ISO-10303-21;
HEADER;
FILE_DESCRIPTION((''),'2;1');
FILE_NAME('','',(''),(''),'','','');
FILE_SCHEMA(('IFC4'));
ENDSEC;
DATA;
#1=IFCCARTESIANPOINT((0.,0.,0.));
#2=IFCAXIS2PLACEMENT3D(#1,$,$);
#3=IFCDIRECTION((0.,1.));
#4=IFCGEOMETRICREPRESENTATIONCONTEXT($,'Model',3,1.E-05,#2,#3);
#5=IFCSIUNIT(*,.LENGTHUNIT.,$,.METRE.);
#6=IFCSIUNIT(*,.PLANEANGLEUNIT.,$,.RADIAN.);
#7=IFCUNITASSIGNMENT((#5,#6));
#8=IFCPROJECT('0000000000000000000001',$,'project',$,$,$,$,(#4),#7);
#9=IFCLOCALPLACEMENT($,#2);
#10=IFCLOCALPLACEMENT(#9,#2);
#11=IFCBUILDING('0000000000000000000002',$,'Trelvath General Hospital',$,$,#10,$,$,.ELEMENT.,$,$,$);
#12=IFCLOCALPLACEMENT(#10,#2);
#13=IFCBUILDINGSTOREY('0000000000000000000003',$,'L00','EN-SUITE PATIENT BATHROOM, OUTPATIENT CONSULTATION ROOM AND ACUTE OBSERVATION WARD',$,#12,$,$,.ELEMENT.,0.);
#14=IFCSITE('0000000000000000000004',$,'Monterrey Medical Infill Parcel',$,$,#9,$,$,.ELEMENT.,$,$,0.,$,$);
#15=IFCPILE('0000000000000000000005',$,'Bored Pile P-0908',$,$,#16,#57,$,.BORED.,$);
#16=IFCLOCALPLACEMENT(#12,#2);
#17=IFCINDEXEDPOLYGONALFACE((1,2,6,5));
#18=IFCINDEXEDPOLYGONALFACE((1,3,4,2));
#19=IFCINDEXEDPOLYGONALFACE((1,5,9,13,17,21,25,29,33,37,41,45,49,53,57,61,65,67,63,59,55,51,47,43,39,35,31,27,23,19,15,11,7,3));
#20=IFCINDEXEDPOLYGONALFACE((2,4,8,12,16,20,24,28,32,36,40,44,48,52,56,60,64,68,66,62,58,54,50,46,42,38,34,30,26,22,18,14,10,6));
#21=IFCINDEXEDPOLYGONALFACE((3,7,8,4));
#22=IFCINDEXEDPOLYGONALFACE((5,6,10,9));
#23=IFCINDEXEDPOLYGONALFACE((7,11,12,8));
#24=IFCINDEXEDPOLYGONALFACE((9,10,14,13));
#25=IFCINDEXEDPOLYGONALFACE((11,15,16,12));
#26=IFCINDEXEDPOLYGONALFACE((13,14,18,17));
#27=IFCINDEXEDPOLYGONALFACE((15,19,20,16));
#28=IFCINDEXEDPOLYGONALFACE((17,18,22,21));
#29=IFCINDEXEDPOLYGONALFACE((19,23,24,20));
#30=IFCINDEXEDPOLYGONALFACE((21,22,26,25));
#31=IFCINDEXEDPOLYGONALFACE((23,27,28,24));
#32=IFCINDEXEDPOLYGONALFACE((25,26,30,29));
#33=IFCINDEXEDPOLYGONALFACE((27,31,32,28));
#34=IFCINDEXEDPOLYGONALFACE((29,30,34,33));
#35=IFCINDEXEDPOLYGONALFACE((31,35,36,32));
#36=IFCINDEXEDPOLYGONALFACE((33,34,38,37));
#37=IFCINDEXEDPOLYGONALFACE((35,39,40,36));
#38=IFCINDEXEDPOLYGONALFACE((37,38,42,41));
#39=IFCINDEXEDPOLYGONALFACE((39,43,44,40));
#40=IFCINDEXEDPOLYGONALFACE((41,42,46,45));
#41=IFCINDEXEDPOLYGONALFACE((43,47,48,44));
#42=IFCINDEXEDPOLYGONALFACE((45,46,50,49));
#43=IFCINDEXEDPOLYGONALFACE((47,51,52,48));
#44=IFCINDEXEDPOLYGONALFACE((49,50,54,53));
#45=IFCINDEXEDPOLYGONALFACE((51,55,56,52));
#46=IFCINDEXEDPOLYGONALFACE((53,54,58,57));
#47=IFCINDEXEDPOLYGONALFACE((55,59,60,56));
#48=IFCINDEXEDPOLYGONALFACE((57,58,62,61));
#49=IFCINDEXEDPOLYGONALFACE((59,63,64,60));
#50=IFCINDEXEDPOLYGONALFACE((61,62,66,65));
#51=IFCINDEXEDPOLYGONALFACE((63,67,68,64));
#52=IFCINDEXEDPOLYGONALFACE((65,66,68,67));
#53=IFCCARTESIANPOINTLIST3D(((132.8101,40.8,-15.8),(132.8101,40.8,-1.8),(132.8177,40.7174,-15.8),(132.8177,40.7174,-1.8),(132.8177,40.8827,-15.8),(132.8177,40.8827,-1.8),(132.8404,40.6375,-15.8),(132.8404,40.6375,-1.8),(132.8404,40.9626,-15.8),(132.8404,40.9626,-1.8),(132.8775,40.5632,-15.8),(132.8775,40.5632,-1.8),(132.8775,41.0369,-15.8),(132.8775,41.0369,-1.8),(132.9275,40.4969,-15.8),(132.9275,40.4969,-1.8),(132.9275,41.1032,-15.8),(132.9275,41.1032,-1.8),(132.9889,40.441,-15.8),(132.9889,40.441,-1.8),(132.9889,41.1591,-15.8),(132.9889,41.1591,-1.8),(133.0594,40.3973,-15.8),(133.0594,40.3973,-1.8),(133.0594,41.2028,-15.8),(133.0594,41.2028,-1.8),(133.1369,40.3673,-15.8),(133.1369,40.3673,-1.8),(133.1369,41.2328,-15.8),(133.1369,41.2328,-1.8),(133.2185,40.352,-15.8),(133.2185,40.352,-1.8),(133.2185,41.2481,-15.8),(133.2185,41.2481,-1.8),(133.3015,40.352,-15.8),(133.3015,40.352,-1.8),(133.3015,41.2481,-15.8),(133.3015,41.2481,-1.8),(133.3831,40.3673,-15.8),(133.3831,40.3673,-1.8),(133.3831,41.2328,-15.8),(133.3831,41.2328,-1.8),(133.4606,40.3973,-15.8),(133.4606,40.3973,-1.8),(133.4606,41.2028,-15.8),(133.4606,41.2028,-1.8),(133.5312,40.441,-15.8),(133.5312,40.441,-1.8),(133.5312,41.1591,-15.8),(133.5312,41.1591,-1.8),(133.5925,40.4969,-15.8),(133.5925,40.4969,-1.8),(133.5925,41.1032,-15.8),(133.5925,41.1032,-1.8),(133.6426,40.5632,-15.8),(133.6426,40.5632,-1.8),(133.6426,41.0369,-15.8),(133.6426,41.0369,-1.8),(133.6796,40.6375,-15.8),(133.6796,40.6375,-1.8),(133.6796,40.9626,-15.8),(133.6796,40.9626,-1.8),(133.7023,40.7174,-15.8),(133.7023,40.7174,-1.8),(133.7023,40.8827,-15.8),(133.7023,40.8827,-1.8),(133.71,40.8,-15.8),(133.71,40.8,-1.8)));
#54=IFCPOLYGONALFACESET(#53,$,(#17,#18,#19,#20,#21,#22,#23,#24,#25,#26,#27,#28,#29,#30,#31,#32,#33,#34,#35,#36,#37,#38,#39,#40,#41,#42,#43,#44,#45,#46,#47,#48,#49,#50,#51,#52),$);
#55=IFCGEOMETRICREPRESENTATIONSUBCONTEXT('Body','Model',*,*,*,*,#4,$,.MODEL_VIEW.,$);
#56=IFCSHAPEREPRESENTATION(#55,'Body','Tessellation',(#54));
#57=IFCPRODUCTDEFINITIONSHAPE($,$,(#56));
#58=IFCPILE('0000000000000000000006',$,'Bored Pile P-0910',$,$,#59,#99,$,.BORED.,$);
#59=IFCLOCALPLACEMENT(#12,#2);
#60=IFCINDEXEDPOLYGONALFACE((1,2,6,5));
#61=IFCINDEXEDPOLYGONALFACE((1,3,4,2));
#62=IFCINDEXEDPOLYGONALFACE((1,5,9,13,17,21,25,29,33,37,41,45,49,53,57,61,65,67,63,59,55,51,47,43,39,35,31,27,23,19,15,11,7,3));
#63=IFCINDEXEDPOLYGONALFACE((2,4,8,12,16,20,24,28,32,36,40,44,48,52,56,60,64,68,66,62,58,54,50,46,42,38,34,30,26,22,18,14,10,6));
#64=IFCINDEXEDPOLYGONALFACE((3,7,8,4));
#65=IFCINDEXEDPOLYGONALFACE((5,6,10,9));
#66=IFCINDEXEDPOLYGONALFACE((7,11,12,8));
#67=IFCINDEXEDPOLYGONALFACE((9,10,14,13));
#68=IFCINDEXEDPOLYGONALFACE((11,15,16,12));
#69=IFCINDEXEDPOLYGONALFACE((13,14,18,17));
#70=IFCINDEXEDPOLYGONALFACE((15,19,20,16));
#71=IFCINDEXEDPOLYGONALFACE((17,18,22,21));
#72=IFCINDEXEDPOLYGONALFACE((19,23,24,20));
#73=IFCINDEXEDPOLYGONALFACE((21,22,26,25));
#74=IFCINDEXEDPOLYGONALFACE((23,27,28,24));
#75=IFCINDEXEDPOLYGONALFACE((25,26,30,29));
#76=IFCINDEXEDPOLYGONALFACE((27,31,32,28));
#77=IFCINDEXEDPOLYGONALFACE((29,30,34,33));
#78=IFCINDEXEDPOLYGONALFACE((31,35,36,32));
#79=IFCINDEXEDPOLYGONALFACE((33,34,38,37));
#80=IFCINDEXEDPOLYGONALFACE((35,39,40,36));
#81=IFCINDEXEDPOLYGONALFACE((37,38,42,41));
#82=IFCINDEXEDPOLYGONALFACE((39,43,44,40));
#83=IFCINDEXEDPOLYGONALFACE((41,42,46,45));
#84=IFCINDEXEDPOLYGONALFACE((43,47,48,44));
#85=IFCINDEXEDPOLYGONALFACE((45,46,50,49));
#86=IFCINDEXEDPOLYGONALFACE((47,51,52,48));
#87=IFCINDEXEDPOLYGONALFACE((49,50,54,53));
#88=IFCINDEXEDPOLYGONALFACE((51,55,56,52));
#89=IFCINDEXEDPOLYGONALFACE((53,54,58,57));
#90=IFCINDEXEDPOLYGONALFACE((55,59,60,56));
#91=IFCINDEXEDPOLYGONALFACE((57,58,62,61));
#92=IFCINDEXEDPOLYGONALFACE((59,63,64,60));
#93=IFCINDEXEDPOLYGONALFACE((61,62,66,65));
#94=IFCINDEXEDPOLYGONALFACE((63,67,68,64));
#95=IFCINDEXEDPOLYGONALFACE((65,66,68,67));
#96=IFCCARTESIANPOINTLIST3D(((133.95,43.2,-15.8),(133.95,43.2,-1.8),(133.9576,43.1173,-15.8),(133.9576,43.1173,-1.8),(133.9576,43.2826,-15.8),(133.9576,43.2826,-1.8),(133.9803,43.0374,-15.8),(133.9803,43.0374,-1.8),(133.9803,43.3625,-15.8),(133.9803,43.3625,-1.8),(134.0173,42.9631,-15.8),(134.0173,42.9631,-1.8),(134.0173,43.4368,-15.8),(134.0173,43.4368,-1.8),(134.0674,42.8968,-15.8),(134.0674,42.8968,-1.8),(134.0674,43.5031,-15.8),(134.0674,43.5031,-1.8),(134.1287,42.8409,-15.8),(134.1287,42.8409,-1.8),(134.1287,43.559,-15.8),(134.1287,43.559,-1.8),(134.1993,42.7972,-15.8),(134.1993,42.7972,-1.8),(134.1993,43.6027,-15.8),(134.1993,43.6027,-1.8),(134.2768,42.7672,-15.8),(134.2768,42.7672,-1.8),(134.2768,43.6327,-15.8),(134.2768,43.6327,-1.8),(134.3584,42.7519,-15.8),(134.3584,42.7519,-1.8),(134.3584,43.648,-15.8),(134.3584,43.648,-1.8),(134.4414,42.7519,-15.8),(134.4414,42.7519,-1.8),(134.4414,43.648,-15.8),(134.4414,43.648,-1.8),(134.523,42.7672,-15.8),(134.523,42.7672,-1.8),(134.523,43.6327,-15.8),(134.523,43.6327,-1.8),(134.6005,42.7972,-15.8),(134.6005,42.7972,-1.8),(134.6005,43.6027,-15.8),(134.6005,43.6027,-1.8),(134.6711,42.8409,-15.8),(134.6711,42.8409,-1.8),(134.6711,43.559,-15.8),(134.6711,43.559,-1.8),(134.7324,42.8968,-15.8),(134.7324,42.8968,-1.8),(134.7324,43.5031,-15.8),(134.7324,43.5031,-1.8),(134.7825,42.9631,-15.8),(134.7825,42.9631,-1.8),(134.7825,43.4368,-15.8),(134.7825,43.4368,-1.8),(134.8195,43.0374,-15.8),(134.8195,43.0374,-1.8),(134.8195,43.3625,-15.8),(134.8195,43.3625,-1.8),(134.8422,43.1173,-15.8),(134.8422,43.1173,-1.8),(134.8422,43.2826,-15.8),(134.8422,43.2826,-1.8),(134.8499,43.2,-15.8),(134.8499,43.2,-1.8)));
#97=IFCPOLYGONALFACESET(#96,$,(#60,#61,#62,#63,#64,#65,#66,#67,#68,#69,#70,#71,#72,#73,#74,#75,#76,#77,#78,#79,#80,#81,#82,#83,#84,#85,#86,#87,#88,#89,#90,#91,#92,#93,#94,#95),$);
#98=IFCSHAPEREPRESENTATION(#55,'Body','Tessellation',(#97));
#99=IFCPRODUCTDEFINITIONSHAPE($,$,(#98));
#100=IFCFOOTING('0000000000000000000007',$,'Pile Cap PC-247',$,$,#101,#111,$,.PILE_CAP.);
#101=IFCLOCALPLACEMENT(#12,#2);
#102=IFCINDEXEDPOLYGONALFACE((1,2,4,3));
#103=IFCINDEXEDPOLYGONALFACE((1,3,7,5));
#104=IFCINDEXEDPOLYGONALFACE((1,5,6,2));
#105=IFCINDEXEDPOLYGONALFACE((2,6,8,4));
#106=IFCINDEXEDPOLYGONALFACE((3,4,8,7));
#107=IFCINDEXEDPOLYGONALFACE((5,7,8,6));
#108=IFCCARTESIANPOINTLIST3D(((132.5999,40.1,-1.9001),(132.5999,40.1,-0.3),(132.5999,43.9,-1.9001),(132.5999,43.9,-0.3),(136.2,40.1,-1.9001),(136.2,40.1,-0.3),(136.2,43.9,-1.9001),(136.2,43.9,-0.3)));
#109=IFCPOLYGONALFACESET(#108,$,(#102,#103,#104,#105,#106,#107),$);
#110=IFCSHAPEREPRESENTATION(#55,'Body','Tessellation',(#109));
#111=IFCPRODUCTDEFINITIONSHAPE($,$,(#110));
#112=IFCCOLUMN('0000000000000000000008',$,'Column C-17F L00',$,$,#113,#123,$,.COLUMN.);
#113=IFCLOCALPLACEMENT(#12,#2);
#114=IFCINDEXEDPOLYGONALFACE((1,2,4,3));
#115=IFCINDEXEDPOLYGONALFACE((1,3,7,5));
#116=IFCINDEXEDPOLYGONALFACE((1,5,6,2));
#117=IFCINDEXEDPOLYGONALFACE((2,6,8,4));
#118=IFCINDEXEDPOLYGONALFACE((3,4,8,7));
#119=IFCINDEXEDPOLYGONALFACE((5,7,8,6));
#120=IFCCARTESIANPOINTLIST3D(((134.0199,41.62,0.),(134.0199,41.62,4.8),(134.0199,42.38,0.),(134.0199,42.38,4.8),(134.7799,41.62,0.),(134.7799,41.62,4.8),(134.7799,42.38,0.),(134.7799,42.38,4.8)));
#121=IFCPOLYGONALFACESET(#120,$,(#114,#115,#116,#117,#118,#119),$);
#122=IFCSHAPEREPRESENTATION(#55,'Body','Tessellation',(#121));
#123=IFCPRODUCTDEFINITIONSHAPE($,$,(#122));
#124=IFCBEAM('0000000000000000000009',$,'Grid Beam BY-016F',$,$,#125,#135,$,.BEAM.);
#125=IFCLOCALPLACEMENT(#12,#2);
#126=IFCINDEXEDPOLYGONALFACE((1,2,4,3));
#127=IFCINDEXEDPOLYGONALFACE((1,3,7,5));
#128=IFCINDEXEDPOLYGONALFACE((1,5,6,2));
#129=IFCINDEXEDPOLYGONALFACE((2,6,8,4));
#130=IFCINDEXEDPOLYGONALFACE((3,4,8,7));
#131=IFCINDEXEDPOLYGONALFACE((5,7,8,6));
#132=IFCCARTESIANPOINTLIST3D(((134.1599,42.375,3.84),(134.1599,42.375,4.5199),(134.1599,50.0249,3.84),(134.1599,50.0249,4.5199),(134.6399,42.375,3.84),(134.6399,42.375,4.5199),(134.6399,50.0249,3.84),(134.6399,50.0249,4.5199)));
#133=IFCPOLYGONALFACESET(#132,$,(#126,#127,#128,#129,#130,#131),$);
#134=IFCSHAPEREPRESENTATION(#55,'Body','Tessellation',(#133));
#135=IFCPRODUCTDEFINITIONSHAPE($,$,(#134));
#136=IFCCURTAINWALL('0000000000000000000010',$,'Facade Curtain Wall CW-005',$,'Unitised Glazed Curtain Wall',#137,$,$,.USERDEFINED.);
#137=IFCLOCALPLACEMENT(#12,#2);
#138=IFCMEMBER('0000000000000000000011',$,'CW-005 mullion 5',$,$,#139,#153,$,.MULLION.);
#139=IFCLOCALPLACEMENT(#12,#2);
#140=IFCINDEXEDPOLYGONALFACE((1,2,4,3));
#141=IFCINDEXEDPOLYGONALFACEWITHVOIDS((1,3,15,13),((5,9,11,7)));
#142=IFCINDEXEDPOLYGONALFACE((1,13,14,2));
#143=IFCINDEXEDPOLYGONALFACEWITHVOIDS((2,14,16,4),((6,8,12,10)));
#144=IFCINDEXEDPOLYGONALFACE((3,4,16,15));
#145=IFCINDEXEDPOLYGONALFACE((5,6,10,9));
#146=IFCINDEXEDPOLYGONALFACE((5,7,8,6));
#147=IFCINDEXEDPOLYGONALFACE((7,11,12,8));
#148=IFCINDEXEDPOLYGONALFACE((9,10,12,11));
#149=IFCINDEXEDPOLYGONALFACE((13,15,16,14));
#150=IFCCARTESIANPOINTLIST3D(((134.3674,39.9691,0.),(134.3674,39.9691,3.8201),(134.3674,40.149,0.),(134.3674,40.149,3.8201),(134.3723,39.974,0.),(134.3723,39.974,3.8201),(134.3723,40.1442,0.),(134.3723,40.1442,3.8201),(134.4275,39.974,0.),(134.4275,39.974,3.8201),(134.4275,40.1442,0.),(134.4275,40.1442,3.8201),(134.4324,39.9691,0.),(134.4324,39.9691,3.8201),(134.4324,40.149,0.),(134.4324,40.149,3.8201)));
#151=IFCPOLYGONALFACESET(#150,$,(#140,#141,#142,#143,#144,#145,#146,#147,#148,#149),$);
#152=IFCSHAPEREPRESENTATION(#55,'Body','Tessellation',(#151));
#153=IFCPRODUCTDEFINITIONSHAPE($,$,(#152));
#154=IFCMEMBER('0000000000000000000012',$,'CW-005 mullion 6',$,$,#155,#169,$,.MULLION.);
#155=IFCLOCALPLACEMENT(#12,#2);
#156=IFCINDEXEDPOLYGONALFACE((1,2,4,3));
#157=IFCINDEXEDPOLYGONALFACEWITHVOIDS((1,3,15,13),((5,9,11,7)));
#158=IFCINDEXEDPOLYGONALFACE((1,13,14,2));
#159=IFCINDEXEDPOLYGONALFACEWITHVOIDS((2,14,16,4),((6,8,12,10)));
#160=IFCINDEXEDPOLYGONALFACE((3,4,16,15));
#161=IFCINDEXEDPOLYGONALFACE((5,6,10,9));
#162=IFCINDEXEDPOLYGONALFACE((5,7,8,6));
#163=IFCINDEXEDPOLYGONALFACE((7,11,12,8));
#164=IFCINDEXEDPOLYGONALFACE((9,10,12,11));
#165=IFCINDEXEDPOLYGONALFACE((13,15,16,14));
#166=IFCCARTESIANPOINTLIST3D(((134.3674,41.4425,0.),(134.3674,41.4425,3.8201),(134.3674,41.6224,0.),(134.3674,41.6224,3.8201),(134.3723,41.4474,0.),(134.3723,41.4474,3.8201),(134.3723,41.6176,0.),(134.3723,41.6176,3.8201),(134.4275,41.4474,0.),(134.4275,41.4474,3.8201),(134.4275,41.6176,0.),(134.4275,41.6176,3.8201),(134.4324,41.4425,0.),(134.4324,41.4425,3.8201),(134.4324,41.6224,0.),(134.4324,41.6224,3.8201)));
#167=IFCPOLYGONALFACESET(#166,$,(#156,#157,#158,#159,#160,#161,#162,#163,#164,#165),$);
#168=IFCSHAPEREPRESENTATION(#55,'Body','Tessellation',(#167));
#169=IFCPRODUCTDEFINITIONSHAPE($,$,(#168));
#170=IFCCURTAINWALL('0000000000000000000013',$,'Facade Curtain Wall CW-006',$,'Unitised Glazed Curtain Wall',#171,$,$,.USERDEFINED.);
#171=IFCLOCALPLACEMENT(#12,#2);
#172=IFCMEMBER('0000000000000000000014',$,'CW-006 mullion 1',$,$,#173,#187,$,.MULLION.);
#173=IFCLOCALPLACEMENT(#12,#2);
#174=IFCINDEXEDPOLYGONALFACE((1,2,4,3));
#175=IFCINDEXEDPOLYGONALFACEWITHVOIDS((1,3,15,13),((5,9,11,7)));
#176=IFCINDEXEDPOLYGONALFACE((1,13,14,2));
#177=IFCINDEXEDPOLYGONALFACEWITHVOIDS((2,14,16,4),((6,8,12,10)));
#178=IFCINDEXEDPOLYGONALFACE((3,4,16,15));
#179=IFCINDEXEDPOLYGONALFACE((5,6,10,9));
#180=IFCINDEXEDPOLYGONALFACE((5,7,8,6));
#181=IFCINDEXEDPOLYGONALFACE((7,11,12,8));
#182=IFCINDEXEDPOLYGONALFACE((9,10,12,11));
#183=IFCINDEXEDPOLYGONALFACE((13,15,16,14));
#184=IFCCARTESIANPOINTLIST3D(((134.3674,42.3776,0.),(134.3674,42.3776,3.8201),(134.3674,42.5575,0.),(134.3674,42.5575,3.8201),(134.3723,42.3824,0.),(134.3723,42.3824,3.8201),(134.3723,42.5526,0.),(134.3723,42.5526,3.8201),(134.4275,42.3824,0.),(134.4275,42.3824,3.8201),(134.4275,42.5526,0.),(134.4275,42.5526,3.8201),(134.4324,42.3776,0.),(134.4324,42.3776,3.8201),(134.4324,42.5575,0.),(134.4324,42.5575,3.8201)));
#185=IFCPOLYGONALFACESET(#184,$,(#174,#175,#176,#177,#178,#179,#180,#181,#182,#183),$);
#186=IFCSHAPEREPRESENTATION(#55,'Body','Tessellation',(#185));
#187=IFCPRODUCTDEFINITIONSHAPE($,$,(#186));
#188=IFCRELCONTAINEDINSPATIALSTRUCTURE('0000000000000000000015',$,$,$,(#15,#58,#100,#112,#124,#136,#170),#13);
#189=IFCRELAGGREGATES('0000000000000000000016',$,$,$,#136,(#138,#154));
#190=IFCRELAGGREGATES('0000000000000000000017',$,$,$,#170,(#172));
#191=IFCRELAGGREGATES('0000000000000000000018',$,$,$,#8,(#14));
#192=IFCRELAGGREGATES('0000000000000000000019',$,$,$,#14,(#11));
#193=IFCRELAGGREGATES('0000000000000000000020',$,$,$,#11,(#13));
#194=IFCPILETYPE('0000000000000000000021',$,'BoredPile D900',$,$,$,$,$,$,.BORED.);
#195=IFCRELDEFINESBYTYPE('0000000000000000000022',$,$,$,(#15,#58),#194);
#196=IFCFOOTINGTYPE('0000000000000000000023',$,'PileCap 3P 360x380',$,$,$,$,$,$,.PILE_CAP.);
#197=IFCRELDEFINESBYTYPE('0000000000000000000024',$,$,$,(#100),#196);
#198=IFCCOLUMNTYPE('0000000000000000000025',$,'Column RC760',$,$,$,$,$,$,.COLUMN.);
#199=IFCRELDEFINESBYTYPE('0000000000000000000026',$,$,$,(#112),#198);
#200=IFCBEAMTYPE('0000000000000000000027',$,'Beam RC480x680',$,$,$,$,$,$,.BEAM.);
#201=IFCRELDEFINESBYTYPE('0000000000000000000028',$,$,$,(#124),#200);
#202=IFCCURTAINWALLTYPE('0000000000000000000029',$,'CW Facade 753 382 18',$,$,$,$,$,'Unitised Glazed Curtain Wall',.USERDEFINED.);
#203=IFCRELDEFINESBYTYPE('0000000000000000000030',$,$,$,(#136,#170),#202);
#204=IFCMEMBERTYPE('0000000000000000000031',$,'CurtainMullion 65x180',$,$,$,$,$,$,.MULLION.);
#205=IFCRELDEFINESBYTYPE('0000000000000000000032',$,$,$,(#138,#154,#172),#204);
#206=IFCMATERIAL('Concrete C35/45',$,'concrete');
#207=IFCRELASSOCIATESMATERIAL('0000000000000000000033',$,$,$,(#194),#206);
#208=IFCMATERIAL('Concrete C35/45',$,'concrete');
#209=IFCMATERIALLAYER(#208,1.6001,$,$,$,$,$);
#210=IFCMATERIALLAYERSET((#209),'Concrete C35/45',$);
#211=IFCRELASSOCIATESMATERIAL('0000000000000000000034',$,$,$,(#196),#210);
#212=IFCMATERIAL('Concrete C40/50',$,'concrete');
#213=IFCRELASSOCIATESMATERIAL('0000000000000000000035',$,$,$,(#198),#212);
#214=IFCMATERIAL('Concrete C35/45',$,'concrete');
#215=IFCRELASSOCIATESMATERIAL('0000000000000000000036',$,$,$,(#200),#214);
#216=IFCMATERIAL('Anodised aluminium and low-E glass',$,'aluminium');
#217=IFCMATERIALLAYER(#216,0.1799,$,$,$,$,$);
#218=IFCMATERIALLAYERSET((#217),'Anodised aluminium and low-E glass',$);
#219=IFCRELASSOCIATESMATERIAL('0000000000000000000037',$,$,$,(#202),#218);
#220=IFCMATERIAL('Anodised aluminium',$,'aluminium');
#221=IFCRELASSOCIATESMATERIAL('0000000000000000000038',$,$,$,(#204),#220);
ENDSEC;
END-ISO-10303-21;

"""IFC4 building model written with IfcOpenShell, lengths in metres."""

from ifc_helpers import new_model, si_unit, direction, frame, origin, origin_2d, place, context, subcontext, project, spatial, rectangle, hollow_rectangle, circle, extrude, material, layer, layer_set, material_profile, profile_set, type_object, element, aggregate, save


model = new_model("IFC4")

# Units and contexts
model_context = context("Model", 3, precision=1e-05, world=origin(), true_north=direction((0.0, 1.0)))
body_context = subcontext(model_context, "Body", "Model", "MODEL_VIEW")
ifc_project = project(units=[si_unit("LENGTHUNIT", "METRE"), si_unit("PLANEANGLEUNIT", "RADIAN")], contexts=[model_context])

# Site, building, storey
site_placement = place(None, origin())
site = spatial("IfcSite", under=ifc_project, at=site_placement, Name="Monterrey Medical Infill Parcel", CompositionType="ELEMENT", RefElevation=0.0)
building_placement = place(site_placement, origin())
building = spatial("IfcBuilding", under=site, at=building_placement, Name="Trelvath General Hospital", CompositionType="ELEMENT")
storey_placement = place(building_placement, origin())
storey = spatial("IfcBuildingStorey", under=building, at=storey_placement, Name="L00", Description="EN-SUITE PATIENT BATHROOM, OUTPATIENT CONSULTATION ROOM AND ACUTE OBSERVATION WARD", CompositionType="ELEMENT", Elevation=0.0)

# Piles
ifc_material_1 = material(Name="Concrete C35/45", Category="concrete")
ifc_material_profile_1 = material_profile(ifc_material_1, circle(Radius=0.45, at=origin_2d()), Name="PILE900")
ifc_profile_set_1 = profile_set([ifc_material_profile_1], Name="Concrete C35/45")
pile_type = type_object("IfcPileType", Name="BoredPile D900", PredefinedType="BORED", material=ifc_profile_set_1)
for number, where, z_axis, x_axis, name in (
    (1, (133.26, 40.8, -1.8), (0.0, 0.0, -1.0), (1.0, 0.0, 0.0), "Bored Pile P-0908"),
    (2, (134.3999, 43.2, -1.8), (0.0, 0.0, -1.0), (1.0, 0.0, 0.0), "Bored Pile P-0910"),
):
    element("IfcPile", number, at=place(storey_placement, frame(where, z_axis=z_axis, x_axis=x_axis)), inside=storey, type_object=pile_type, Name=name, PredefinedType="BORED", context=body_context, shape_type="SweptSolid", body=[
        extrude(circle(Radius=0.45, at=origin_2d()), origin(), (0.0, 0.0, 1.0), 14.0),
    ])

# Footing
ifc_material_2 = material(Name="Concrete C35/45", Category="concrete")
ifc_layer_1 = layer(ifc_material_2, 1.6001)
ifc_layer_set_1 = layer_set([ifc_layer_1], Name="Concrete C35/45")
footing_type = type_object("IfcFootingType", Name="PileCap 3P 360x380", PredefinedType="PILE_CAP", material=ifc_layer_set_1)
footing_placement = place(storey_placement, frame((134.3999, 42.0, -1.9001), z_axis=(0.0, 0.0, 1.0), x_axis=(1.0, 0.0, 0.0)))
element("IfcFooting", 3, at=footing_placement, inside=storey, type_object=footing_type, Name="Pile Cap PC-247", PredefinedType="PILE_CAP", context=body_context, shape_type="SweptSolid", body=[
    extrude(rectangle(XDim=3.6001, YDim=3.8, at=origin_2d()), origin(), (0.0, 0.0, 1.0), 1.6001),
])

# Column
ifc_material_3 = material(Name="Concrete C40/50", Category="concrete")
ifc_material_profile_2 = material_profile(ifc_material_3, rectangle(XDim=0.76, YDim=0.76, at=origin_2d()), Name="RC760x760")
ifc_profile_set_2 = profile_set([ifc_material_profile_2], Name="Concrete C40/50")
column_type = type_object("IfcColumnType", Name="Column RC760", PredefinedType="COLUMN", material=ifc_profile_set_2)
column_placement = place(storey_placement, frame((134.3999, 42.0, 0.0), z_axis=(0.0, 0.0, 1.0), x_axis=(1.0, 0.0, 0.0)))
element("IfcColumn", 4, at=column_placement, inside=storey, type_object=column_type, Name="Column C-17F L00", PredefinedType="COLUMN", context=body_context, shape_type="SweptSolid", body=[
    extrude(rectangle(XDim=0.76, YDim=0.76, at=origin_2d()), origin(), (0.0, 0.0, 1.0), 4.8),
])

# Beam
ifc_material_4 = material(Name="Concrete C35/45", Category="concrete")
ifc_material_profile_3 = material_profile(ifc_material_4, rectangle(XDim=0.48, YDim=0.6799, at=origin_2d()), Name="RCB480x680")
ifc_profile_set_3 = profile_set([ifc_material_profile_3], Name="Concrete C35/45")
beam_type = type_object("IfcBeamType", Name="Beam RC480x680", PredefinedType="BEAM", material=ifc_profile_set_3)
beam_placement = place(storey_placement, frame((134.3999, 42.375, 4.1799), z_axis=(0.0, 1.0, 0.0), x_axis=(-1.0, 0.0, 0.0)))
element("IfcBeam", 5, at=beam_placement, inside=storey, type_object=beam_type, Name="Grid Beam BY-016F", PredefinedType="BEAM", context=body_context, shape_type="SweptSolid", body=[
    extrude(rectangle(XDim=0.48, YDim=0.6799, at=origin_2d()), origin(), (0.0, 0.0, 1.0), 7.6499),
])

# Curtain walls, members
ifc_material_5 = material(Name="Anodised aluminium and low-E glass", Category="aluminium")
ifc_layer_2 = layer(ifc_material_5, 0.1799)
ifc_layer_set_2 = layer_set([ifc_layer_2], Name="Anodised aluminium and low-E glass")
curtain_wall_type = type_object("IfcCurtainWallType", Name="CW Facade 753 382 18", ElementType="Unitised Glazed Curtain Wall", PredefinedType="USERDEFINED", material=ifc_layer_set_2)
curtain_wall_1_placement = place(storey_placement, origin())
curtain_wall_1 = element("IfcCurtainWall", 6, at=curtain_wall_1_placement, inside=storey, type_object=curtain_wall_type, Name="Facade Curtain Wall CW-005", ObjectType="Unitised Glazed Curtain Wall", PredefinedType="USERDEFINED")
ifc_material_6 = material(Name="Anodised aluminium", Category="aluminium")
ifc_material_profile_4 = material_profile(ifc_material_6, hollow_rectangle(XDim=0.0649, YDim=0.1799, WallThickness=0.0049, at=origin_2d()), Name="RHS65x180x5")
ifc_profile_set_4 = profile_set([ifc_material_profile_4], Name="Anodised aluminium")
member_type_1 = type_object("IfcMemberType", Name="CurtainMullion 65x180", PredefinedType="MULLION", material=ifc_profile_set_4)
member_1_placement = place(storey_placement, frame((134.3999, 40.0591, 0.0), z_axis=(0.0, 0.0, 1.0), x_axis=(-1.0, 0.0, 0.0)))
member_1 = element("IfcMember", 7, at=member_1_placement, type_object=member_type_1, Name="CW-005 mullion 5", PredefinedType="MULLION", context=body_context, shape_type="SweptSolid", body=[
    extrude(hollow_rectangle(XDim=0.0649, YDim=0.1799, WallThickness=0.0049, at=origin_2d()), origin(), (0.0, 0.0, 1.0), 3.8201),
])
member_2_placement = place(storey_placement, frame((134.3999, 41.5325, 0.0), z_axis=(0.0, 0.0, 1.0), x_axis=(-1.0, 0.0, 0.0)))
member_2 = element("IfcMember", 8, at=member_2_placement, type_object=member_type_1, Name="CW-005 mullion 6", PredefinedType="MULLION", context=body_context, shape_type="SweptSolid", body=[
    extrude(hollow_rectangle(XDim=0.0649, YDim=0.1799, WallThickness=0.0049, at=origin_2d()), origin(), (0.0, 0.0, 1.0), 3.8201),
])
curtain_wall_2_placement = place(storey_placement, origin())
curtain_wall_2 = element("IfcCurtainWall", 9, at=curtain_wall_2_placement, inside=storey, type_object=curtain_wall_type, Name="Facade Curtain Wall CW-006", ObjectType="Unitised Glazed Curtain Wall", PredefinedType="USERDEFINED")
member_3_placement = place(storey_placement, frame((134.3999, 42.4675, 0.0), z_axis=(0.0, 0.0, 1.0), x_axis=(-1.0, 0.0, 0.0)))
member_3 = element("IfcMember", 10, at=member_3_placement, type_object=member_type_1, Name="CW-006 mullion 1", PredefinedType="MULLION", context=body_context, shape_type="SweptSolid", body=[
    extrude(hollow_rectangle(XDim=0.0649, YDim=0.1799, WallThickness=0.0049, at=origin_2d()), origin(), (0.0, 0.0, 1.0), 3.8201),
])

aggregate(curtain_wall_1, [member_1, member_2])
aggregate(curtain_wall_2, [member_3])

save(model, "model.ifc")
